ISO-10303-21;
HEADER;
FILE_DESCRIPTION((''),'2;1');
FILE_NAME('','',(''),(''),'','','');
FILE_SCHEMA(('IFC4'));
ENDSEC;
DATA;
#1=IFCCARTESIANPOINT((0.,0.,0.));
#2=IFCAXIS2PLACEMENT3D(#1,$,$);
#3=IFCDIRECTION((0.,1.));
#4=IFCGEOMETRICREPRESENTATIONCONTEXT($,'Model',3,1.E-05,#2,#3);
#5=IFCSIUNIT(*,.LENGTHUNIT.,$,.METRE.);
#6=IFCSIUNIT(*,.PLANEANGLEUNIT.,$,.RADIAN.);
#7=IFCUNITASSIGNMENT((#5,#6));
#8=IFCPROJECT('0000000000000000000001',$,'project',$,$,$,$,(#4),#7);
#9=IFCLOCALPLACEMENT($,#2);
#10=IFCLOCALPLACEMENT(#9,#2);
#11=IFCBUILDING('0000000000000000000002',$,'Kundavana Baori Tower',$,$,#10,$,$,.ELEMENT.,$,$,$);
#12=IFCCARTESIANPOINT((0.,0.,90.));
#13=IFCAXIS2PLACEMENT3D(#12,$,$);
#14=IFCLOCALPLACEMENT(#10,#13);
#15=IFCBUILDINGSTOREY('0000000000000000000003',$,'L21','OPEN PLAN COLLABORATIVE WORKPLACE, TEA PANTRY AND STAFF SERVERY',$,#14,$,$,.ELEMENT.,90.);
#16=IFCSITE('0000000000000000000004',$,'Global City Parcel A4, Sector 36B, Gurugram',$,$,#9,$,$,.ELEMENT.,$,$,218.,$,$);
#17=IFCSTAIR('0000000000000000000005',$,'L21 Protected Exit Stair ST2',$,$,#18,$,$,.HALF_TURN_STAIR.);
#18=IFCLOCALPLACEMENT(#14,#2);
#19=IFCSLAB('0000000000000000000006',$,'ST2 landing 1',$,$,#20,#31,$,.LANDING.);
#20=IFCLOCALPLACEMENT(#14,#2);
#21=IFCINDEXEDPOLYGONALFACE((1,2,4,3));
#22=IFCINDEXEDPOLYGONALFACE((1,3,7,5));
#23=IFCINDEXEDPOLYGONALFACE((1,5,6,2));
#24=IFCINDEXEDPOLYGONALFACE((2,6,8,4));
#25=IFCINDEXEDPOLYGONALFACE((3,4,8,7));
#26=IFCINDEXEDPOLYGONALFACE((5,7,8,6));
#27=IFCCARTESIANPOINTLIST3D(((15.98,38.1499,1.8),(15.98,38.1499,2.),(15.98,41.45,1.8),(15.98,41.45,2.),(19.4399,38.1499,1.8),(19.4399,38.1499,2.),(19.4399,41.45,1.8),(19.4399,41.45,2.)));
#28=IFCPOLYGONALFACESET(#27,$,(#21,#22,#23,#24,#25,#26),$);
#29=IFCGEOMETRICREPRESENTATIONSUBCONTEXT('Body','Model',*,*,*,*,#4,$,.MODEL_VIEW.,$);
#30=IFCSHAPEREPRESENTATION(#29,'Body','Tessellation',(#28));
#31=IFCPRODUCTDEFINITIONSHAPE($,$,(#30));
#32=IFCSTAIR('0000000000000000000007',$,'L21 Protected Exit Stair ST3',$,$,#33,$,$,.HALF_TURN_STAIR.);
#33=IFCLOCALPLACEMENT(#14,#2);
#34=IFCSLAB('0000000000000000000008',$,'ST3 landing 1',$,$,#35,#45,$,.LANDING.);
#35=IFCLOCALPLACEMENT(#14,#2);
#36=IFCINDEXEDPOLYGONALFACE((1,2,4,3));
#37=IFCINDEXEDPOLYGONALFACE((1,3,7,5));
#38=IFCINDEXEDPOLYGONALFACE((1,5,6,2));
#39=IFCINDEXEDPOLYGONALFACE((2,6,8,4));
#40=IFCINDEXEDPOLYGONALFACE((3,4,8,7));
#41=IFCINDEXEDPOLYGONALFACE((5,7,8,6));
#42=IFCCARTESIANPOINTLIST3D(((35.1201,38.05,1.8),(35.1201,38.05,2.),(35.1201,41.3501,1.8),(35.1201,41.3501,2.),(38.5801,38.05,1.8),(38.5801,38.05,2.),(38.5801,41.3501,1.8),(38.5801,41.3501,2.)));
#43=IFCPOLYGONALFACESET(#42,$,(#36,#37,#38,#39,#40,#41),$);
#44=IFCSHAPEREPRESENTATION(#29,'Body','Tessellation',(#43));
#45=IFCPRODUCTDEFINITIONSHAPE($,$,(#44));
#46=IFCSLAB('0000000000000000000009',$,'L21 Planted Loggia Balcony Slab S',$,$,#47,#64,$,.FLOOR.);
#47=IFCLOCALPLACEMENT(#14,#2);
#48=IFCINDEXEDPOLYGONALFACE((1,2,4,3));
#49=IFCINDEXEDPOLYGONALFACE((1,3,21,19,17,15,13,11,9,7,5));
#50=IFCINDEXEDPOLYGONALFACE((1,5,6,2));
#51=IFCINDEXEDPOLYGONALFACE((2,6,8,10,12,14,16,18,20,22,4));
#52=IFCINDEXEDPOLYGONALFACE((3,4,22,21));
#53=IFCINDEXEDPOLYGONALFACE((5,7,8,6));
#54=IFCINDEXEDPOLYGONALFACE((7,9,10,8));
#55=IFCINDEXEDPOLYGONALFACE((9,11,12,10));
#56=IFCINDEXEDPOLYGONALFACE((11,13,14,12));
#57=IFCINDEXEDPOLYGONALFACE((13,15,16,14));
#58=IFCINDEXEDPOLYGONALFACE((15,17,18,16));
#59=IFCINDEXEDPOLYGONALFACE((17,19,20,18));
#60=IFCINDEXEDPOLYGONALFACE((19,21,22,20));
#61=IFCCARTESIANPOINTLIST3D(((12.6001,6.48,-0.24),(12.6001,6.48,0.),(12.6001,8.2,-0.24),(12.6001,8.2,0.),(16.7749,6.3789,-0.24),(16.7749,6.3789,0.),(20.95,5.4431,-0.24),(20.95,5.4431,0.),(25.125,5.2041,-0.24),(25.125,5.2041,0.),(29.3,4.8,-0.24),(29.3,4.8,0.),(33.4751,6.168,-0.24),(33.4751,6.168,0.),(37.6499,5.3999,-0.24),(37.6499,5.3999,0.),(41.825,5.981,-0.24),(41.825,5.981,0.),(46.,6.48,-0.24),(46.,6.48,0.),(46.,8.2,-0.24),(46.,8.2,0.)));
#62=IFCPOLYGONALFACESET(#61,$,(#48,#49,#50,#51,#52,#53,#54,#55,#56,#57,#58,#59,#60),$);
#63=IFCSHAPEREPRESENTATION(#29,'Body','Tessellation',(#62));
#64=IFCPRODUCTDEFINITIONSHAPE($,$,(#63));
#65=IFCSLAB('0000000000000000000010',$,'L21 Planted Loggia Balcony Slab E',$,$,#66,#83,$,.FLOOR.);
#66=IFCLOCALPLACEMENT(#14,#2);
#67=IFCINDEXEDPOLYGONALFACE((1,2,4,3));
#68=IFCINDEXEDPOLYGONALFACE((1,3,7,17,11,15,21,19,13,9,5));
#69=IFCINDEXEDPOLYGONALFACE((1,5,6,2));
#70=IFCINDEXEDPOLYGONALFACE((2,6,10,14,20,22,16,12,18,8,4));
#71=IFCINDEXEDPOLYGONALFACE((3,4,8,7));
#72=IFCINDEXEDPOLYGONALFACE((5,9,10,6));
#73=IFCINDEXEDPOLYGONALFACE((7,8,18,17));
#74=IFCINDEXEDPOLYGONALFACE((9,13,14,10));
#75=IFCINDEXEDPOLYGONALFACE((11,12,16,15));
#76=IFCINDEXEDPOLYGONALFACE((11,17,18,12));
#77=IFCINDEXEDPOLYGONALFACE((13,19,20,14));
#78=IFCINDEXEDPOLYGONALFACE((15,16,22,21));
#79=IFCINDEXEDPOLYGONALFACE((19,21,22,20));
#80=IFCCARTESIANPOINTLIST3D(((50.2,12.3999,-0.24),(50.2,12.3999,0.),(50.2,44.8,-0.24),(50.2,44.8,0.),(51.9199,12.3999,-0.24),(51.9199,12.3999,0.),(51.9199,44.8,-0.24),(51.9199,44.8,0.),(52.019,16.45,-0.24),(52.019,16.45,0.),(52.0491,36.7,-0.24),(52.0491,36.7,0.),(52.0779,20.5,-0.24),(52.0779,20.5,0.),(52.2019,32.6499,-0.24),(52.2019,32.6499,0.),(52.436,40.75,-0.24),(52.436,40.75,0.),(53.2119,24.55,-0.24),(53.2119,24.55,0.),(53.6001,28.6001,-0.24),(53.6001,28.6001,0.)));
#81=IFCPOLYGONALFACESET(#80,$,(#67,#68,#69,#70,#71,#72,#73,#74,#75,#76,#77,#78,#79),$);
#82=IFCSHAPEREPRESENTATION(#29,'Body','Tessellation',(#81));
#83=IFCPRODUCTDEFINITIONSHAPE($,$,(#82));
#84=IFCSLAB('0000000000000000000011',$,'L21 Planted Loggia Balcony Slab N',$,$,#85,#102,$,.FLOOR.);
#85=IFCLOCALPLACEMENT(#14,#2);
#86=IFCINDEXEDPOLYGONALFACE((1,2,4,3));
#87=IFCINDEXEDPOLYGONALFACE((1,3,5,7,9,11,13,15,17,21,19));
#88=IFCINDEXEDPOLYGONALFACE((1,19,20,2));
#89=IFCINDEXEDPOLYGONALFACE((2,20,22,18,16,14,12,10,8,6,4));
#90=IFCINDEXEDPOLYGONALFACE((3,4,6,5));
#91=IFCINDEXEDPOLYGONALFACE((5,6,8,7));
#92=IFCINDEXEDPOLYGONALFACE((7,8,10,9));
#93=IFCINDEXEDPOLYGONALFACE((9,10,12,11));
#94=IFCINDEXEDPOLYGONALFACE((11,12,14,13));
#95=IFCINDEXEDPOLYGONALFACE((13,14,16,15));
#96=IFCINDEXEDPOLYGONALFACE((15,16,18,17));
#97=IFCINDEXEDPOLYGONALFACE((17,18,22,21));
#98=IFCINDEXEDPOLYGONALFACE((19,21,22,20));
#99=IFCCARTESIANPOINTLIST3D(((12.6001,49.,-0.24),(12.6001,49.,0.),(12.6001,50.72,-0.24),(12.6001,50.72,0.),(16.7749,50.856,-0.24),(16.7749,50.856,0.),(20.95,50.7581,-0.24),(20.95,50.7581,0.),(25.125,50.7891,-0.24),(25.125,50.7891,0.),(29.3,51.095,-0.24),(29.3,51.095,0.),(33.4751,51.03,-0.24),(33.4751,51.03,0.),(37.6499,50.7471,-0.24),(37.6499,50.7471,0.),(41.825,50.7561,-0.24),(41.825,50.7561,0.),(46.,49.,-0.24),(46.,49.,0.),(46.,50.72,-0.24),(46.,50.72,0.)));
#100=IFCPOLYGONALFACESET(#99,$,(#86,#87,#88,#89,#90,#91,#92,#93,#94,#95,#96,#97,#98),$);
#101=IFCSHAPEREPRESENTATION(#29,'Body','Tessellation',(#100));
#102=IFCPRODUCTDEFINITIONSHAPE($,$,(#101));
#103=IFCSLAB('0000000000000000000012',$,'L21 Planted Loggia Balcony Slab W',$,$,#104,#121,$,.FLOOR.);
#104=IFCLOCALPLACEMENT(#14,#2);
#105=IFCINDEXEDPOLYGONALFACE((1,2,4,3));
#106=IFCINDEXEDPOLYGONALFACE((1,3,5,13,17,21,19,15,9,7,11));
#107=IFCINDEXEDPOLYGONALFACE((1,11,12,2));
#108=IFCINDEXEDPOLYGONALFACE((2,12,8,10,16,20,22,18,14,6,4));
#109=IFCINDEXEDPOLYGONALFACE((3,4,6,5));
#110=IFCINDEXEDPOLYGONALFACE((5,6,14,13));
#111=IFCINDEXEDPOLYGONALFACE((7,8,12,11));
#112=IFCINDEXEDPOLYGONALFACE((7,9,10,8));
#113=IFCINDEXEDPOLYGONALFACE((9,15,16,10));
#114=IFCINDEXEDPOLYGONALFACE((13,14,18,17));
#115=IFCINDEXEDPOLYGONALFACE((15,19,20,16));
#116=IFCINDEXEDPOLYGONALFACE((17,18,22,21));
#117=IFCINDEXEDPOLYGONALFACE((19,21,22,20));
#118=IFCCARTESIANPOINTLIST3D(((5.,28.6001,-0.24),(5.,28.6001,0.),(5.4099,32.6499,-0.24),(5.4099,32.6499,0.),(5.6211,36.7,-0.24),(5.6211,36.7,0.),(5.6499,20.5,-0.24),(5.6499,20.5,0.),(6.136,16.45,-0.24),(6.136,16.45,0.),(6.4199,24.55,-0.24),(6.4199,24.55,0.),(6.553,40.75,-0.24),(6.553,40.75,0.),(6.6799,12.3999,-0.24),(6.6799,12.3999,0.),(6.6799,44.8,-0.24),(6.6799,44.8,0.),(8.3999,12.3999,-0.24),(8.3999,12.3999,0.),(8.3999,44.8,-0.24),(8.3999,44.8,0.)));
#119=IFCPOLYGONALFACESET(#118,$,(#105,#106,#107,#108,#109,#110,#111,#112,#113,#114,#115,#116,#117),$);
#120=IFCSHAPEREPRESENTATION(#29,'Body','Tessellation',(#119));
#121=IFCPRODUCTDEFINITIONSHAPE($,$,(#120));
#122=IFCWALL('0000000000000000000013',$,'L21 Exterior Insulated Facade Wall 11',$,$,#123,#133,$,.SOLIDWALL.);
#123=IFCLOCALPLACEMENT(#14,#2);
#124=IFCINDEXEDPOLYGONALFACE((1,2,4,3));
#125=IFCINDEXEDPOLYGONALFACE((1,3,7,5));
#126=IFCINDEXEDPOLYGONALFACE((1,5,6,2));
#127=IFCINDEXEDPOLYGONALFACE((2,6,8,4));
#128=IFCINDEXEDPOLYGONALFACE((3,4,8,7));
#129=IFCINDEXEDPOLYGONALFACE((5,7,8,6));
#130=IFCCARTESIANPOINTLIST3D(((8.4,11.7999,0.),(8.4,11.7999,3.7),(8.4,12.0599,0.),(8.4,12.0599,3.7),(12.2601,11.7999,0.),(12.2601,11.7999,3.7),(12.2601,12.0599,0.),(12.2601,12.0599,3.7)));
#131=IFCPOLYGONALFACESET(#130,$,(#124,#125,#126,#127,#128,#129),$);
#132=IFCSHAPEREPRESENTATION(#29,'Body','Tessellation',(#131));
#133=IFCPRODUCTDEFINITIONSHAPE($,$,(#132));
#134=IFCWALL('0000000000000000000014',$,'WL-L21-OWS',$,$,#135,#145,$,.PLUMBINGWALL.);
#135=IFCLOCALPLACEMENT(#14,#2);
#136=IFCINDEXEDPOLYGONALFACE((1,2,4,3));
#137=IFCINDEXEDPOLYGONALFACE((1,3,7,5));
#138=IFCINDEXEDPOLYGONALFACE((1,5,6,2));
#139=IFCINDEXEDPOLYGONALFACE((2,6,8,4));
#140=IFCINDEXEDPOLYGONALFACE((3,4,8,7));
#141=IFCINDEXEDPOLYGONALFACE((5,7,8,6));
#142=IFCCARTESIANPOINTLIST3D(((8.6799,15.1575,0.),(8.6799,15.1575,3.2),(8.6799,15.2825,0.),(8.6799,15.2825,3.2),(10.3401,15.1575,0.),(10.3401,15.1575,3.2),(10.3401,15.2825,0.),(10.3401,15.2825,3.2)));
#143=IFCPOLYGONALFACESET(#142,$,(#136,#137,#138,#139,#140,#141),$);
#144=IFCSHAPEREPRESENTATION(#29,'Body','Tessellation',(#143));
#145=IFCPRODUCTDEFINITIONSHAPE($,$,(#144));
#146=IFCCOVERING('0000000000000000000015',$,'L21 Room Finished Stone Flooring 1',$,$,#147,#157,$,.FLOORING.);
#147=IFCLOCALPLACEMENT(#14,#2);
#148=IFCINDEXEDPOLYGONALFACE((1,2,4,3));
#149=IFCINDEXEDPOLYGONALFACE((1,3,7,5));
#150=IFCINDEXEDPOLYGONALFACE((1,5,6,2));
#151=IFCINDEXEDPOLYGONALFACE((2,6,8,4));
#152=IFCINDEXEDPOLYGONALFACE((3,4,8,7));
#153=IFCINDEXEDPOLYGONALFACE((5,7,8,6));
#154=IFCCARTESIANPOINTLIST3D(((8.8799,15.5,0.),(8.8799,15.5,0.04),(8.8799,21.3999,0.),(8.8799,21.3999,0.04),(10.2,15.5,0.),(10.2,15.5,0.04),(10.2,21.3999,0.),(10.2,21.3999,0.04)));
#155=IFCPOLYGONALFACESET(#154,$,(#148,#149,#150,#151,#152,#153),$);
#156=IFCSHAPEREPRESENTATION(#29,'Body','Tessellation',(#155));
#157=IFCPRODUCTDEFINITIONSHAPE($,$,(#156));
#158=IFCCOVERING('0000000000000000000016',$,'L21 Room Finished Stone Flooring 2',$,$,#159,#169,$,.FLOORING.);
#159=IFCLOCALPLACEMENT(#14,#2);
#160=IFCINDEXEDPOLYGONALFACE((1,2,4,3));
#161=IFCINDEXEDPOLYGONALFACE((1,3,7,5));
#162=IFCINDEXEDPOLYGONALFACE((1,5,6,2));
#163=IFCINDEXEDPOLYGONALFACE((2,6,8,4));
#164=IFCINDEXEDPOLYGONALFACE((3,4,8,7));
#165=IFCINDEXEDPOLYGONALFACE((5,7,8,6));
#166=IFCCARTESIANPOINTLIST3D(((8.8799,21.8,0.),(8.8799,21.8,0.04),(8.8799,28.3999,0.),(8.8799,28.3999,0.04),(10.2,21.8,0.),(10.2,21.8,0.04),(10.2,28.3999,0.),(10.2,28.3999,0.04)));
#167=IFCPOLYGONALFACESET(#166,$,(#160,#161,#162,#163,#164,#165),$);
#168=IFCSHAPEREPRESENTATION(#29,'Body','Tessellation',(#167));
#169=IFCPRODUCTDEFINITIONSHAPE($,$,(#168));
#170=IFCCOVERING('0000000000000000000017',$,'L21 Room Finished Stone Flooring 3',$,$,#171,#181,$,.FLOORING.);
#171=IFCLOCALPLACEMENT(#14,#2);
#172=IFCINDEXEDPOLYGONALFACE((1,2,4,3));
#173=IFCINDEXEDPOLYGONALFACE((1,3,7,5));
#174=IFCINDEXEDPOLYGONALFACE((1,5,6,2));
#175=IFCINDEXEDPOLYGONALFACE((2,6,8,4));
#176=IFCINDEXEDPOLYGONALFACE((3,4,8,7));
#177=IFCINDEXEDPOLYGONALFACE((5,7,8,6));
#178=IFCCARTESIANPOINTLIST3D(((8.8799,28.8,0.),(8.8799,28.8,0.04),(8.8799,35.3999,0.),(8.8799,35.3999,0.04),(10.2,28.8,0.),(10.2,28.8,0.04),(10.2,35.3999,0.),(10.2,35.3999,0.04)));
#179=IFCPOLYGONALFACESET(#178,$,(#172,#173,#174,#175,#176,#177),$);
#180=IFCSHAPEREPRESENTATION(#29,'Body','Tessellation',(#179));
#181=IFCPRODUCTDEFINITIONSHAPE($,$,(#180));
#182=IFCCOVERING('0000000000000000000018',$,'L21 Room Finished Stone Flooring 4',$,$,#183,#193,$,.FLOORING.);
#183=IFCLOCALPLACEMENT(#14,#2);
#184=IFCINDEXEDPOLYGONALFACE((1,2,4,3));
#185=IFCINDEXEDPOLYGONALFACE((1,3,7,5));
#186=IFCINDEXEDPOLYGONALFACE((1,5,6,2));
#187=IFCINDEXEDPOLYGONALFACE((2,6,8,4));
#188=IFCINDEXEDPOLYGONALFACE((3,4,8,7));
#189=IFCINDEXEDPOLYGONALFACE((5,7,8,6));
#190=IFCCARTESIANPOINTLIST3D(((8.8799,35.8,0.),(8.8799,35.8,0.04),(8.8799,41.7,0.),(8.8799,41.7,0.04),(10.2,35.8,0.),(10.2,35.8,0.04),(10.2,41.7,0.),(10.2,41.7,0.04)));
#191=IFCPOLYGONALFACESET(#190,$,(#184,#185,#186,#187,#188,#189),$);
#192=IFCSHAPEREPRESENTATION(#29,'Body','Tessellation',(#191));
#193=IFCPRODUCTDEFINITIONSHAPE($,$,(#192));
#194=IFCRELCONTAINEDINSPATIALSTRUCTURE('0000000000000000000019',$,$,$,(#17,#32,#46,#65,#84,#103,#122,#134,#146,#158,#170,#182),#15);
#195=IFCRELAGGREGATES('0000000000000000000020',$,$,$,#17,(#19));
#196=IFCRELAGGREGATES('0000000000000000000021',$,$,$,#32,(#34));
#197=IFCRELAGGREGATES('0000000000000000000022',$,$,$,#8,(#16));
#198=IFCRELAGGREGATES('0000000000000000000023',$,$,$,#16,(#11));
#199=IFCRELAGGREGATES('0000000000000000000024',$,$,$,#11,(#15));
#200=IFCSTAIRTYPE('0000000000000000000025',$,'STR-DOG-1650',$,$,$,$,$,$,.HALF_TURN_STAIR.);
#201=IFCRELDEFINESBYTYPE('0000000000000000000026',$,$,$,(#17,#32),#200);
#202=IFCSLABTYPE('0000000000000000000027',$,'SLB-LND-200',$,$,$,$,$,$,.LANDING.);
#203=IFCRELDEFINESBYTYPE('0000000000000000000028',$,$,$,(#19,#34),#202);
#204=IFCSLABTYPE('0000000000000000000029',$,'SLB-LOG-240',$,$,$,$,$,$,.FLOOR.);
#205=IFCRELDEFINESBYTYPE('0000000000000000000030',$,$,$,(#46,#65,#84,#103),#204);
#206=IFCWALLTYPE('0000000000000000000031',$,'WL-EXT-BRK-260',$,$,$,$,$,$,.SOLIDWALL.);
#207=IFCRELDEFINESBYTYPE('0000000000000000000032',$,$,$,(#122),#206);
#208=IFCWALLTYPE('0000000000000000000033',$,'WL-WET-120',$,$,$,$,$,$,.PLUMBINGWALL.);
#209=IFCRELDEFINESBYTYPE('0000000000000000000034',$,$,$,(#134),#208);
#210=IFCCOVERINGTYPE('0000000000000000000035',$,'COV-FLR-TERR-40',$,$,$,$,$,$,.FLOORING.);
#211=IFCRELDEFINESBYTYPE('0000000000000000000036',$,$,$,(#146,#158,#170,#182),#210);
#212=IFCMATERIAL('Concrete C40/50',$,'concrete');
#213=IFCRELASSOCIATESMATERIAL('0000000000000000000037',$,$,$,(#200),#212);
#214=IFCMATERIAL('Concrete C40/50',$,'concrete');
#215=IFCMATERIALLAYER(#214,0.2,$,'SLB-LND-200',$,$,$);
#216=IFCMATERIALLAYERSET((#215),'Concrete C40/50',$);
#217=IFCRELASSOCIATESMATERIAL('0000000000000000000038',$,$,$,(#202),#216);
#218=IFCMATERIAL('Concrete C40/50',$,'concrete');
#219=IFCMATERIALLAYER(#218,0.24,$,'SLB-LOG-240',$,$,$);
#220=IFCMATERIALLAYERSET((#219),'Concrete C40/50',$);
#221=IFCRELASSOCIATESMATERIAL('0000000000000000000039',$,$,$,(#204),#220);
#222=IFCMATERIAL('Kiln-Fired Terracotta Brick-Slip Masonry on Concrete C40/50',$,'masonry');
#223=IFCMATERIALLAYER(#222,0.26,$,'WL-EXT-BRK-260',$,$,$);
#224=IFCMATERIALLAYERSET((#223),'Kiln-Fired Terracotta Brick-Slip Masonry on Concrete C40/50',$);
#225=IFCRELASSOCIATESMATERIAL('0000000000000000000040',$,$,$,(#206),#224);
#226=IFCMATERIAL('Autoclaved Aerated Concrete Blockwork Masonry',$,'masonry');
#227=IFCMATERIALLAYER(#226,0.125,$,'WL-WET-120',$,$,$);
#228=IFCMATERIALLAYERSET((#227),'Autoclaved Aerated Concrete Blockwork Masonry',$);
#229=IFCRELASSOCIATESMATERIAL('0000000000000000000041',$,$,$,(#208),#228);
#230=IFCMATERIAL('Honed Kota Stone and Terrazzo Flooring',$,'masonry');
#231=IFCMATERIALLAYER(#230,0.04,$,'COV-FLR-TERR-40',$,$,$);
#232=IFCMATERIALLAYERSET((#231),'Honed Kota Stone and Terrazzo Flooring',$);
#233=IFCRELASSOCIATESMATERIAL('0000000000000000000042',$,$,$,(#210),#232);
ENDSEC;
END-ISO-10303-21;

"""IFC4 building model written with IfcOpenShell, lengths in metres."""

from ifc_helpers import new_model, si_unit, direction, frame, frame_2d, origin, place, context, subcontext, project, spatial, polyline, rectangle, outline, extrude, material, layer, layer_set, type_object, element, aggregate, save


model = new_model("IFC4")

# Units and contexts
model_context = context("Model", 3, precision=1e-05, world=origin(), true_north=direction((0.0, 1.0)))
body_context = subcontext(model_context, "Body", "Model", "MODEL_VIEW")
ifc_project = project(units=[si_unit("LENGTHUNIT", "METRE"), si_unit("PLANEANGLEUNIT", "RADIAN")], contexts=[model_context])

# Site, building, storey
site_placement = place(None, origin())
site = spatial("IfcSite", under=ifc_project, at=site_placement, Name="Global City Parcel A4, Sector 36B, Gurugram", CompositionType="ELEMENT", RefElevation=218.0)
building_placement = place(site_placement, origin())
building = spatial("IfcBuilding", under=site, at=building_placement, Name="Kundavana Baori Tower", CompositionType="ELEMENT")
storey_placement = place(building_placement, frame((0.0, 0.0, 90.0)))
storey = spatial("IfcBuildingStorey", under=building, at=storey_placement, Name="L21", Description="OPEN PLAN COLLABORATIVE WORKPLACE, TEA PANTRY AND STAFF SERVERY", CompositionType="ELEMENT", Elevation=90.0)

# Stairs, slabs
ifc_material_1 = material(Name="Concrete C40/50", Category="concrete")
stair_type = type_object("IfcStairType", Name="STR-DOG-1650", PredefinedType="HALF_TURN_STAIR", material=ifc_material_1)
ifc_material_2 = material(Name="Concrete C40/50", Category="concrete")
ifc_layer_1 = layer(ifc_material_2, 0.2, Name="SLB-LND-200")
ifc_layer_set_1 = layer_set([ifc_layer_1], Name="Concrete C40/50")
slab_type_1 = type_object("IfcSlabType", Name="SLB-LND-200", PredefinedType="LANDING", material=ifc_layer_set_1)
stair_1_placement = place(storey_placement, origin())
stair_1 = element("IfcStair", 1, at=stair_1_placement, inside=storey, type_object=stair_type, Name="L21 Protected Exit Stair ST2", PredefinedType="HALF_TURN_STAIR")
slab_1_placement = place(storey_placement, frame((0.0, 0.0, 1.8)))
slab_1 = element("IfcSlab", 2, at=slab_1_placement, type_object=slab_type_1, Name="ST2 landing 1", PredefinedType="LANDING", context=body_context, shape_type="SweptSolid", body=[
    extrude(outline(polyline([(19.4399, 38.1499), (19.4399, 41.45), (15.98, 41.45), (15.98, 38.1499), (19.4399, 38.1499)])), origin(), (0.0, 0.0, 1.0), 0.2),
])
aggregate(stair_1, [slab_1])
stair_2_placement = place(storey_placement, origin())
stair_2 = element("IfcStair", 3, at=stair_2_placement, inside=storey, type_object=stair_type, Name="L21 Protected Exit Stair ST3", PredefinedType="HALF_TURN_STAIR")
slab_2_placement = place(storey_placement, frame((0.0, 0.0, 1.8)))
slab_2 = element("IfcSlab", 4, at=slab_2_placement, type_object=slab_type_1, Name="ST3 landing 1", PredefinedType="LANDING", context=body_context, shape_type="SweptSolid", body=[
    extrude(outline(polyline([(38.5801, 38.05), (38.5801, 41.3501), (35.1201, 41.3501), (35.1201, 38.05), (38.5801, 38.05)])), origin(), (0.0, 0.0, 1.0), 0.2),
])
aggregate(stair_2, [slab_2])

# Slabs
ifc_material_3 = material(Name="Concrete C40/50", Category="concrete")
ifc_layer_2 = layer(ifc_material_3, 0.24, Name="SLB-LOG-240")
ifc_layer_set_2 = layer_set([ifc_layer_2], Name="Concrete C40/50")
slab_type_2 = type_object("IfcSlabType", Name="SLB-LOG-240", PredefinedType="FLOOR", material=ifc_layer_set_2)
slab_3_placement = place(storey_placement, frame((0.0, 0.0, -0.24)))
element("IfcSlab", 5, at=slab_3_placement, inside=storey, type_object=slab_type_2, Name="L21 Planted Loggia Balcony Slab S", PredefinedType="FLOOR", context=body_context, shape_type="SweptSolid", body=[
    extrude(outline(polyline([(12.6001, 8.2), (46.0, 8.2), (46.0, 6.48), (41.825, 5.981), (37.6499, 5.3999), (33.4751, 6.168), (29.3, 4.8), (25.125, 5.2041), (20.95, 5.4431), (16.7749, 6.3789), (12.6001, 6.48), (12.6001, 8.2)])), origin(), (0.0, 0.0, 1.0), 0.24),
])
slab_4_placement = place(storey_placement, frame((0.0, 0.0, -0.24)))
element("IfcSlab", 6, at=slab_4_placement, inside=storey, type_object=slab_type_2, Name="L21 Planted Loggia Balcony Slab E", PredefinedType="FLOOR", context=body_context, shape_type="SweptSolid", body=[
    extrude(outline(polyline([(50.2, 12.3999), (50.2, 44.8), (51.9199, 44.8), (52.436, 40.75), (52.0491, 36.7), (52.2019, 32.6499), (53.6001, 28.6001), (53.2119, 24.55), (52.0779, 20.5), (52.019, 16.45), (51.9199, 12.3999), (50.2, 12.3999)])), origin(), (0.0, 0.0, 1.0), 0.24),
])
slab_5_placement = place(storey_placement, frame((0.0, 0.0, -0.24)))
element("IfcSlab", 7, at=slab_5_placement, inside=storey, type_object=slab_type_2, Name="L21 Planted Loggia Balcony Slab N", PredefinedType="FLOOR", context=body_context, shape_type="SweptSolid", body=[
    extrude(outline(polyline([(46.0, 49.0), (12.6001, 49.0), (12.6001, 50.72), (16.7749, 50.856), (20.95, 50.7581), (25.125, 50.7891), (29.3, 51.095), (33.4751, 51.03), (37.6499, 50.7471), (41.825, 50.7561), (46.0, 50.72), (46.0, 49.0)])), origin(), (0.0, 0.0, 1.0), 0.24),
])
slab_6_placement = place(storey_placement, frame((0.0, 0.0, -0.24)))
element("IfcSlab", 8, at=slab_6_placement, inside=storey, type_object=slab_type_2, Name="L21 Planted Loggia Balcony Slab W", PredefinedType="FLOOR", context=body_context, shape_type="SweptSolid", body=[
    extrude(outline(polyline([(8.3999, 44.8), (8.3999, 12.3999), (6.6799, 12.3999), (6.136, 16.45), (5.6499, 20.5), (6.4199, 24.55), (5.0, 28.6001), (5.4099, 32.6499), (5.6211, 36.7), (6.553, 40.75), (6.6799, 44.8), (8.3999, 44.8)])), origin(), (0.0, 0.0, 1.0), 0.24),
])

# Walls
ifc_material_4 = material(Name="Kiln-Fired Terracotta Brick-Slip Masonry on Concrete C40/50", Category="masonry")
ifc_layer_3 = layer(ifc_material_4, 0.26, Name="WL-EXT-BRK-260")
ifc_layer_set_3 = layer_set([ifc_layer_3], Name="Kiln-Fired Terracotta Brick-Slip Masonry on Concrete C40/50")
wall_type_1 = type_object("IfcWallType", Name="WL-EXT-BRK-260", PredefinedType="SOLIDWALL", material=ifc_layer_set_3)
wall_1_placement = place(storey_placement, frame((8.3999, 11.9299, 0.0), z_axis=(0.0, 0.0, 1.0), x_axis=(1.0, 0.0, 0.0)))
element("IfcWall", 9, at=wall_1_placement, inside=storey, type_object=wall_type_1, Name="L21 Exterior Insulated Facade Wall 11", PredefinedType="SOLIDWALL", context=body_context, shape_type="SweptSolid", body=[
    extrude(rectangle(XDim=3.8601, YDim=0.26, at=frame_2d((1.9302, 0.0))), origin(), (0.0, 0.0, 1.0), 3.7),
])
ifc_material_5 = material(Name="Autoclaved Aerated Concrete Blockwork Masonry", Category="masonry")
ifc_layer_4 = layer(ifc_material_5, 0.125, Name="WL-WET-120")
ifc_layer_set_4 = layer_set([ifc_layer_4], Name="Autoclaved Aerated Concrete Blockwork Masonry")
wall_type_2 = type_object("IfcWallType", Name="WL-WET-120", PredefinedType="PLUMBINGWALL", material=ifc_layer_set_4)
wall_2_placement = place(storey_placement, frame((8.6799, 15.22, 0.0), z_axis=(0.0, 0.0, 1.0), x_axis=(1.0, 0.0, 0.0)))
element("IfcWall", 10, at=wall_2_placement, inside=storey, type_object=wall_type_2, Name="WL-L21-OWS", PredefinedType="PLUMBINGWALL", context=body_context, shape_type="SweptSolid", body=[
    extrude(rectangle(XDim=1.6602, YDim=0.125, at=frame_2d((0.8301, 0.0))), origin(), (0.0, 0.0, 1.0), 3.2),
])

# Coverings
ifc_material_6 = material(Name="Honed Kota Stone and Terrazzo Flooring", Category="masonry")
ifc_layer_5 = layer(ifc_material_6, 0.04, Name="COV-FLR-TERR-40")
ifc_layer_set_5 = layer_set([ifc_layer_5], Name="Honed Kota Stone and Terrazzo Flooring")
covering_type_1 = type_object("IfcCoveringType", Name="COV-FLR-TERR-40", PredefinedType="FLOORING", material=ifc_layer_set_5)
covering_1_placement = place(storey_placement, origin())
element("IfcCovering", 11, at=covering_1_placement, inside=storey, type_object=covering_type_1, Name="L21 Room Finished Stone Flooring 1", PredefinedType="FLOORING", context=body_context, shape_type="SweptSolid", body=[
    extrude(outline(polyline([(8.8799, 15.5), (10.2, 15.5), (10.2, 21.3999), (8.8799, 21.3999), (8.8799, 15.5)])), origin(), (0.0, 0.0, 1.0), 0.04),
])
covering_2_placement = place(storey_placement, origin())
element("IfcCovering", 12, at=covering_2_placement, inside=storey, type_object=covering_type_1, Name="L21 Room Finished Stone Flooring 2", PredefinedType="FLOORING", context=body_context, shape_type="SweptSolid", body=[
    extrude(outline(polyline([(8.8799, 21.8), (10.2, 21.8), (10.2, 28.3999), (8.8799, 28.3999), (8.8799, 21.8)])), origin(), (0.0, 0.0, 1.0), 0.04),
])
covering_3_placement = place(storey_placement, origin())
element("IfcCovering", 13, at=covering_3_placement, inside=storey, type_object=covering_type_1, Name="L21 Room Finished Stone Flooring 3", PredefinedType="FLOORING", context=body_context, shape_type="SweptSolid", body=[
    extrude(outline(polyline([(8.8799, 28.8), (10.2, 28.8), (10.2, 35.3999), (8.8799, 35.3999), (8.8799, 28.8)])), origin(), (0.0, 0.0, 1.0), 0.04),
])
covering_4_placement = place(storey_placement, origin())
element("IfcCovering", 14, at=covering_4_placement, inside=storey, type_object=covering_type_1, Name="L21 Room Finished Stone Flooring 4", PredefinedType="FLOORING", context=body_context, shape_type="SweptSolid", body=[
    extrude(outline(polyline([(8.8799, 35.8), (10.2, 35.8), (10.2, 41.7), (8.8799, 41.7), (8.8799, 35.8)])), origin(), (0.0, 0.0, 1.0), 0.04),
])

save(model, "model.ifc")
